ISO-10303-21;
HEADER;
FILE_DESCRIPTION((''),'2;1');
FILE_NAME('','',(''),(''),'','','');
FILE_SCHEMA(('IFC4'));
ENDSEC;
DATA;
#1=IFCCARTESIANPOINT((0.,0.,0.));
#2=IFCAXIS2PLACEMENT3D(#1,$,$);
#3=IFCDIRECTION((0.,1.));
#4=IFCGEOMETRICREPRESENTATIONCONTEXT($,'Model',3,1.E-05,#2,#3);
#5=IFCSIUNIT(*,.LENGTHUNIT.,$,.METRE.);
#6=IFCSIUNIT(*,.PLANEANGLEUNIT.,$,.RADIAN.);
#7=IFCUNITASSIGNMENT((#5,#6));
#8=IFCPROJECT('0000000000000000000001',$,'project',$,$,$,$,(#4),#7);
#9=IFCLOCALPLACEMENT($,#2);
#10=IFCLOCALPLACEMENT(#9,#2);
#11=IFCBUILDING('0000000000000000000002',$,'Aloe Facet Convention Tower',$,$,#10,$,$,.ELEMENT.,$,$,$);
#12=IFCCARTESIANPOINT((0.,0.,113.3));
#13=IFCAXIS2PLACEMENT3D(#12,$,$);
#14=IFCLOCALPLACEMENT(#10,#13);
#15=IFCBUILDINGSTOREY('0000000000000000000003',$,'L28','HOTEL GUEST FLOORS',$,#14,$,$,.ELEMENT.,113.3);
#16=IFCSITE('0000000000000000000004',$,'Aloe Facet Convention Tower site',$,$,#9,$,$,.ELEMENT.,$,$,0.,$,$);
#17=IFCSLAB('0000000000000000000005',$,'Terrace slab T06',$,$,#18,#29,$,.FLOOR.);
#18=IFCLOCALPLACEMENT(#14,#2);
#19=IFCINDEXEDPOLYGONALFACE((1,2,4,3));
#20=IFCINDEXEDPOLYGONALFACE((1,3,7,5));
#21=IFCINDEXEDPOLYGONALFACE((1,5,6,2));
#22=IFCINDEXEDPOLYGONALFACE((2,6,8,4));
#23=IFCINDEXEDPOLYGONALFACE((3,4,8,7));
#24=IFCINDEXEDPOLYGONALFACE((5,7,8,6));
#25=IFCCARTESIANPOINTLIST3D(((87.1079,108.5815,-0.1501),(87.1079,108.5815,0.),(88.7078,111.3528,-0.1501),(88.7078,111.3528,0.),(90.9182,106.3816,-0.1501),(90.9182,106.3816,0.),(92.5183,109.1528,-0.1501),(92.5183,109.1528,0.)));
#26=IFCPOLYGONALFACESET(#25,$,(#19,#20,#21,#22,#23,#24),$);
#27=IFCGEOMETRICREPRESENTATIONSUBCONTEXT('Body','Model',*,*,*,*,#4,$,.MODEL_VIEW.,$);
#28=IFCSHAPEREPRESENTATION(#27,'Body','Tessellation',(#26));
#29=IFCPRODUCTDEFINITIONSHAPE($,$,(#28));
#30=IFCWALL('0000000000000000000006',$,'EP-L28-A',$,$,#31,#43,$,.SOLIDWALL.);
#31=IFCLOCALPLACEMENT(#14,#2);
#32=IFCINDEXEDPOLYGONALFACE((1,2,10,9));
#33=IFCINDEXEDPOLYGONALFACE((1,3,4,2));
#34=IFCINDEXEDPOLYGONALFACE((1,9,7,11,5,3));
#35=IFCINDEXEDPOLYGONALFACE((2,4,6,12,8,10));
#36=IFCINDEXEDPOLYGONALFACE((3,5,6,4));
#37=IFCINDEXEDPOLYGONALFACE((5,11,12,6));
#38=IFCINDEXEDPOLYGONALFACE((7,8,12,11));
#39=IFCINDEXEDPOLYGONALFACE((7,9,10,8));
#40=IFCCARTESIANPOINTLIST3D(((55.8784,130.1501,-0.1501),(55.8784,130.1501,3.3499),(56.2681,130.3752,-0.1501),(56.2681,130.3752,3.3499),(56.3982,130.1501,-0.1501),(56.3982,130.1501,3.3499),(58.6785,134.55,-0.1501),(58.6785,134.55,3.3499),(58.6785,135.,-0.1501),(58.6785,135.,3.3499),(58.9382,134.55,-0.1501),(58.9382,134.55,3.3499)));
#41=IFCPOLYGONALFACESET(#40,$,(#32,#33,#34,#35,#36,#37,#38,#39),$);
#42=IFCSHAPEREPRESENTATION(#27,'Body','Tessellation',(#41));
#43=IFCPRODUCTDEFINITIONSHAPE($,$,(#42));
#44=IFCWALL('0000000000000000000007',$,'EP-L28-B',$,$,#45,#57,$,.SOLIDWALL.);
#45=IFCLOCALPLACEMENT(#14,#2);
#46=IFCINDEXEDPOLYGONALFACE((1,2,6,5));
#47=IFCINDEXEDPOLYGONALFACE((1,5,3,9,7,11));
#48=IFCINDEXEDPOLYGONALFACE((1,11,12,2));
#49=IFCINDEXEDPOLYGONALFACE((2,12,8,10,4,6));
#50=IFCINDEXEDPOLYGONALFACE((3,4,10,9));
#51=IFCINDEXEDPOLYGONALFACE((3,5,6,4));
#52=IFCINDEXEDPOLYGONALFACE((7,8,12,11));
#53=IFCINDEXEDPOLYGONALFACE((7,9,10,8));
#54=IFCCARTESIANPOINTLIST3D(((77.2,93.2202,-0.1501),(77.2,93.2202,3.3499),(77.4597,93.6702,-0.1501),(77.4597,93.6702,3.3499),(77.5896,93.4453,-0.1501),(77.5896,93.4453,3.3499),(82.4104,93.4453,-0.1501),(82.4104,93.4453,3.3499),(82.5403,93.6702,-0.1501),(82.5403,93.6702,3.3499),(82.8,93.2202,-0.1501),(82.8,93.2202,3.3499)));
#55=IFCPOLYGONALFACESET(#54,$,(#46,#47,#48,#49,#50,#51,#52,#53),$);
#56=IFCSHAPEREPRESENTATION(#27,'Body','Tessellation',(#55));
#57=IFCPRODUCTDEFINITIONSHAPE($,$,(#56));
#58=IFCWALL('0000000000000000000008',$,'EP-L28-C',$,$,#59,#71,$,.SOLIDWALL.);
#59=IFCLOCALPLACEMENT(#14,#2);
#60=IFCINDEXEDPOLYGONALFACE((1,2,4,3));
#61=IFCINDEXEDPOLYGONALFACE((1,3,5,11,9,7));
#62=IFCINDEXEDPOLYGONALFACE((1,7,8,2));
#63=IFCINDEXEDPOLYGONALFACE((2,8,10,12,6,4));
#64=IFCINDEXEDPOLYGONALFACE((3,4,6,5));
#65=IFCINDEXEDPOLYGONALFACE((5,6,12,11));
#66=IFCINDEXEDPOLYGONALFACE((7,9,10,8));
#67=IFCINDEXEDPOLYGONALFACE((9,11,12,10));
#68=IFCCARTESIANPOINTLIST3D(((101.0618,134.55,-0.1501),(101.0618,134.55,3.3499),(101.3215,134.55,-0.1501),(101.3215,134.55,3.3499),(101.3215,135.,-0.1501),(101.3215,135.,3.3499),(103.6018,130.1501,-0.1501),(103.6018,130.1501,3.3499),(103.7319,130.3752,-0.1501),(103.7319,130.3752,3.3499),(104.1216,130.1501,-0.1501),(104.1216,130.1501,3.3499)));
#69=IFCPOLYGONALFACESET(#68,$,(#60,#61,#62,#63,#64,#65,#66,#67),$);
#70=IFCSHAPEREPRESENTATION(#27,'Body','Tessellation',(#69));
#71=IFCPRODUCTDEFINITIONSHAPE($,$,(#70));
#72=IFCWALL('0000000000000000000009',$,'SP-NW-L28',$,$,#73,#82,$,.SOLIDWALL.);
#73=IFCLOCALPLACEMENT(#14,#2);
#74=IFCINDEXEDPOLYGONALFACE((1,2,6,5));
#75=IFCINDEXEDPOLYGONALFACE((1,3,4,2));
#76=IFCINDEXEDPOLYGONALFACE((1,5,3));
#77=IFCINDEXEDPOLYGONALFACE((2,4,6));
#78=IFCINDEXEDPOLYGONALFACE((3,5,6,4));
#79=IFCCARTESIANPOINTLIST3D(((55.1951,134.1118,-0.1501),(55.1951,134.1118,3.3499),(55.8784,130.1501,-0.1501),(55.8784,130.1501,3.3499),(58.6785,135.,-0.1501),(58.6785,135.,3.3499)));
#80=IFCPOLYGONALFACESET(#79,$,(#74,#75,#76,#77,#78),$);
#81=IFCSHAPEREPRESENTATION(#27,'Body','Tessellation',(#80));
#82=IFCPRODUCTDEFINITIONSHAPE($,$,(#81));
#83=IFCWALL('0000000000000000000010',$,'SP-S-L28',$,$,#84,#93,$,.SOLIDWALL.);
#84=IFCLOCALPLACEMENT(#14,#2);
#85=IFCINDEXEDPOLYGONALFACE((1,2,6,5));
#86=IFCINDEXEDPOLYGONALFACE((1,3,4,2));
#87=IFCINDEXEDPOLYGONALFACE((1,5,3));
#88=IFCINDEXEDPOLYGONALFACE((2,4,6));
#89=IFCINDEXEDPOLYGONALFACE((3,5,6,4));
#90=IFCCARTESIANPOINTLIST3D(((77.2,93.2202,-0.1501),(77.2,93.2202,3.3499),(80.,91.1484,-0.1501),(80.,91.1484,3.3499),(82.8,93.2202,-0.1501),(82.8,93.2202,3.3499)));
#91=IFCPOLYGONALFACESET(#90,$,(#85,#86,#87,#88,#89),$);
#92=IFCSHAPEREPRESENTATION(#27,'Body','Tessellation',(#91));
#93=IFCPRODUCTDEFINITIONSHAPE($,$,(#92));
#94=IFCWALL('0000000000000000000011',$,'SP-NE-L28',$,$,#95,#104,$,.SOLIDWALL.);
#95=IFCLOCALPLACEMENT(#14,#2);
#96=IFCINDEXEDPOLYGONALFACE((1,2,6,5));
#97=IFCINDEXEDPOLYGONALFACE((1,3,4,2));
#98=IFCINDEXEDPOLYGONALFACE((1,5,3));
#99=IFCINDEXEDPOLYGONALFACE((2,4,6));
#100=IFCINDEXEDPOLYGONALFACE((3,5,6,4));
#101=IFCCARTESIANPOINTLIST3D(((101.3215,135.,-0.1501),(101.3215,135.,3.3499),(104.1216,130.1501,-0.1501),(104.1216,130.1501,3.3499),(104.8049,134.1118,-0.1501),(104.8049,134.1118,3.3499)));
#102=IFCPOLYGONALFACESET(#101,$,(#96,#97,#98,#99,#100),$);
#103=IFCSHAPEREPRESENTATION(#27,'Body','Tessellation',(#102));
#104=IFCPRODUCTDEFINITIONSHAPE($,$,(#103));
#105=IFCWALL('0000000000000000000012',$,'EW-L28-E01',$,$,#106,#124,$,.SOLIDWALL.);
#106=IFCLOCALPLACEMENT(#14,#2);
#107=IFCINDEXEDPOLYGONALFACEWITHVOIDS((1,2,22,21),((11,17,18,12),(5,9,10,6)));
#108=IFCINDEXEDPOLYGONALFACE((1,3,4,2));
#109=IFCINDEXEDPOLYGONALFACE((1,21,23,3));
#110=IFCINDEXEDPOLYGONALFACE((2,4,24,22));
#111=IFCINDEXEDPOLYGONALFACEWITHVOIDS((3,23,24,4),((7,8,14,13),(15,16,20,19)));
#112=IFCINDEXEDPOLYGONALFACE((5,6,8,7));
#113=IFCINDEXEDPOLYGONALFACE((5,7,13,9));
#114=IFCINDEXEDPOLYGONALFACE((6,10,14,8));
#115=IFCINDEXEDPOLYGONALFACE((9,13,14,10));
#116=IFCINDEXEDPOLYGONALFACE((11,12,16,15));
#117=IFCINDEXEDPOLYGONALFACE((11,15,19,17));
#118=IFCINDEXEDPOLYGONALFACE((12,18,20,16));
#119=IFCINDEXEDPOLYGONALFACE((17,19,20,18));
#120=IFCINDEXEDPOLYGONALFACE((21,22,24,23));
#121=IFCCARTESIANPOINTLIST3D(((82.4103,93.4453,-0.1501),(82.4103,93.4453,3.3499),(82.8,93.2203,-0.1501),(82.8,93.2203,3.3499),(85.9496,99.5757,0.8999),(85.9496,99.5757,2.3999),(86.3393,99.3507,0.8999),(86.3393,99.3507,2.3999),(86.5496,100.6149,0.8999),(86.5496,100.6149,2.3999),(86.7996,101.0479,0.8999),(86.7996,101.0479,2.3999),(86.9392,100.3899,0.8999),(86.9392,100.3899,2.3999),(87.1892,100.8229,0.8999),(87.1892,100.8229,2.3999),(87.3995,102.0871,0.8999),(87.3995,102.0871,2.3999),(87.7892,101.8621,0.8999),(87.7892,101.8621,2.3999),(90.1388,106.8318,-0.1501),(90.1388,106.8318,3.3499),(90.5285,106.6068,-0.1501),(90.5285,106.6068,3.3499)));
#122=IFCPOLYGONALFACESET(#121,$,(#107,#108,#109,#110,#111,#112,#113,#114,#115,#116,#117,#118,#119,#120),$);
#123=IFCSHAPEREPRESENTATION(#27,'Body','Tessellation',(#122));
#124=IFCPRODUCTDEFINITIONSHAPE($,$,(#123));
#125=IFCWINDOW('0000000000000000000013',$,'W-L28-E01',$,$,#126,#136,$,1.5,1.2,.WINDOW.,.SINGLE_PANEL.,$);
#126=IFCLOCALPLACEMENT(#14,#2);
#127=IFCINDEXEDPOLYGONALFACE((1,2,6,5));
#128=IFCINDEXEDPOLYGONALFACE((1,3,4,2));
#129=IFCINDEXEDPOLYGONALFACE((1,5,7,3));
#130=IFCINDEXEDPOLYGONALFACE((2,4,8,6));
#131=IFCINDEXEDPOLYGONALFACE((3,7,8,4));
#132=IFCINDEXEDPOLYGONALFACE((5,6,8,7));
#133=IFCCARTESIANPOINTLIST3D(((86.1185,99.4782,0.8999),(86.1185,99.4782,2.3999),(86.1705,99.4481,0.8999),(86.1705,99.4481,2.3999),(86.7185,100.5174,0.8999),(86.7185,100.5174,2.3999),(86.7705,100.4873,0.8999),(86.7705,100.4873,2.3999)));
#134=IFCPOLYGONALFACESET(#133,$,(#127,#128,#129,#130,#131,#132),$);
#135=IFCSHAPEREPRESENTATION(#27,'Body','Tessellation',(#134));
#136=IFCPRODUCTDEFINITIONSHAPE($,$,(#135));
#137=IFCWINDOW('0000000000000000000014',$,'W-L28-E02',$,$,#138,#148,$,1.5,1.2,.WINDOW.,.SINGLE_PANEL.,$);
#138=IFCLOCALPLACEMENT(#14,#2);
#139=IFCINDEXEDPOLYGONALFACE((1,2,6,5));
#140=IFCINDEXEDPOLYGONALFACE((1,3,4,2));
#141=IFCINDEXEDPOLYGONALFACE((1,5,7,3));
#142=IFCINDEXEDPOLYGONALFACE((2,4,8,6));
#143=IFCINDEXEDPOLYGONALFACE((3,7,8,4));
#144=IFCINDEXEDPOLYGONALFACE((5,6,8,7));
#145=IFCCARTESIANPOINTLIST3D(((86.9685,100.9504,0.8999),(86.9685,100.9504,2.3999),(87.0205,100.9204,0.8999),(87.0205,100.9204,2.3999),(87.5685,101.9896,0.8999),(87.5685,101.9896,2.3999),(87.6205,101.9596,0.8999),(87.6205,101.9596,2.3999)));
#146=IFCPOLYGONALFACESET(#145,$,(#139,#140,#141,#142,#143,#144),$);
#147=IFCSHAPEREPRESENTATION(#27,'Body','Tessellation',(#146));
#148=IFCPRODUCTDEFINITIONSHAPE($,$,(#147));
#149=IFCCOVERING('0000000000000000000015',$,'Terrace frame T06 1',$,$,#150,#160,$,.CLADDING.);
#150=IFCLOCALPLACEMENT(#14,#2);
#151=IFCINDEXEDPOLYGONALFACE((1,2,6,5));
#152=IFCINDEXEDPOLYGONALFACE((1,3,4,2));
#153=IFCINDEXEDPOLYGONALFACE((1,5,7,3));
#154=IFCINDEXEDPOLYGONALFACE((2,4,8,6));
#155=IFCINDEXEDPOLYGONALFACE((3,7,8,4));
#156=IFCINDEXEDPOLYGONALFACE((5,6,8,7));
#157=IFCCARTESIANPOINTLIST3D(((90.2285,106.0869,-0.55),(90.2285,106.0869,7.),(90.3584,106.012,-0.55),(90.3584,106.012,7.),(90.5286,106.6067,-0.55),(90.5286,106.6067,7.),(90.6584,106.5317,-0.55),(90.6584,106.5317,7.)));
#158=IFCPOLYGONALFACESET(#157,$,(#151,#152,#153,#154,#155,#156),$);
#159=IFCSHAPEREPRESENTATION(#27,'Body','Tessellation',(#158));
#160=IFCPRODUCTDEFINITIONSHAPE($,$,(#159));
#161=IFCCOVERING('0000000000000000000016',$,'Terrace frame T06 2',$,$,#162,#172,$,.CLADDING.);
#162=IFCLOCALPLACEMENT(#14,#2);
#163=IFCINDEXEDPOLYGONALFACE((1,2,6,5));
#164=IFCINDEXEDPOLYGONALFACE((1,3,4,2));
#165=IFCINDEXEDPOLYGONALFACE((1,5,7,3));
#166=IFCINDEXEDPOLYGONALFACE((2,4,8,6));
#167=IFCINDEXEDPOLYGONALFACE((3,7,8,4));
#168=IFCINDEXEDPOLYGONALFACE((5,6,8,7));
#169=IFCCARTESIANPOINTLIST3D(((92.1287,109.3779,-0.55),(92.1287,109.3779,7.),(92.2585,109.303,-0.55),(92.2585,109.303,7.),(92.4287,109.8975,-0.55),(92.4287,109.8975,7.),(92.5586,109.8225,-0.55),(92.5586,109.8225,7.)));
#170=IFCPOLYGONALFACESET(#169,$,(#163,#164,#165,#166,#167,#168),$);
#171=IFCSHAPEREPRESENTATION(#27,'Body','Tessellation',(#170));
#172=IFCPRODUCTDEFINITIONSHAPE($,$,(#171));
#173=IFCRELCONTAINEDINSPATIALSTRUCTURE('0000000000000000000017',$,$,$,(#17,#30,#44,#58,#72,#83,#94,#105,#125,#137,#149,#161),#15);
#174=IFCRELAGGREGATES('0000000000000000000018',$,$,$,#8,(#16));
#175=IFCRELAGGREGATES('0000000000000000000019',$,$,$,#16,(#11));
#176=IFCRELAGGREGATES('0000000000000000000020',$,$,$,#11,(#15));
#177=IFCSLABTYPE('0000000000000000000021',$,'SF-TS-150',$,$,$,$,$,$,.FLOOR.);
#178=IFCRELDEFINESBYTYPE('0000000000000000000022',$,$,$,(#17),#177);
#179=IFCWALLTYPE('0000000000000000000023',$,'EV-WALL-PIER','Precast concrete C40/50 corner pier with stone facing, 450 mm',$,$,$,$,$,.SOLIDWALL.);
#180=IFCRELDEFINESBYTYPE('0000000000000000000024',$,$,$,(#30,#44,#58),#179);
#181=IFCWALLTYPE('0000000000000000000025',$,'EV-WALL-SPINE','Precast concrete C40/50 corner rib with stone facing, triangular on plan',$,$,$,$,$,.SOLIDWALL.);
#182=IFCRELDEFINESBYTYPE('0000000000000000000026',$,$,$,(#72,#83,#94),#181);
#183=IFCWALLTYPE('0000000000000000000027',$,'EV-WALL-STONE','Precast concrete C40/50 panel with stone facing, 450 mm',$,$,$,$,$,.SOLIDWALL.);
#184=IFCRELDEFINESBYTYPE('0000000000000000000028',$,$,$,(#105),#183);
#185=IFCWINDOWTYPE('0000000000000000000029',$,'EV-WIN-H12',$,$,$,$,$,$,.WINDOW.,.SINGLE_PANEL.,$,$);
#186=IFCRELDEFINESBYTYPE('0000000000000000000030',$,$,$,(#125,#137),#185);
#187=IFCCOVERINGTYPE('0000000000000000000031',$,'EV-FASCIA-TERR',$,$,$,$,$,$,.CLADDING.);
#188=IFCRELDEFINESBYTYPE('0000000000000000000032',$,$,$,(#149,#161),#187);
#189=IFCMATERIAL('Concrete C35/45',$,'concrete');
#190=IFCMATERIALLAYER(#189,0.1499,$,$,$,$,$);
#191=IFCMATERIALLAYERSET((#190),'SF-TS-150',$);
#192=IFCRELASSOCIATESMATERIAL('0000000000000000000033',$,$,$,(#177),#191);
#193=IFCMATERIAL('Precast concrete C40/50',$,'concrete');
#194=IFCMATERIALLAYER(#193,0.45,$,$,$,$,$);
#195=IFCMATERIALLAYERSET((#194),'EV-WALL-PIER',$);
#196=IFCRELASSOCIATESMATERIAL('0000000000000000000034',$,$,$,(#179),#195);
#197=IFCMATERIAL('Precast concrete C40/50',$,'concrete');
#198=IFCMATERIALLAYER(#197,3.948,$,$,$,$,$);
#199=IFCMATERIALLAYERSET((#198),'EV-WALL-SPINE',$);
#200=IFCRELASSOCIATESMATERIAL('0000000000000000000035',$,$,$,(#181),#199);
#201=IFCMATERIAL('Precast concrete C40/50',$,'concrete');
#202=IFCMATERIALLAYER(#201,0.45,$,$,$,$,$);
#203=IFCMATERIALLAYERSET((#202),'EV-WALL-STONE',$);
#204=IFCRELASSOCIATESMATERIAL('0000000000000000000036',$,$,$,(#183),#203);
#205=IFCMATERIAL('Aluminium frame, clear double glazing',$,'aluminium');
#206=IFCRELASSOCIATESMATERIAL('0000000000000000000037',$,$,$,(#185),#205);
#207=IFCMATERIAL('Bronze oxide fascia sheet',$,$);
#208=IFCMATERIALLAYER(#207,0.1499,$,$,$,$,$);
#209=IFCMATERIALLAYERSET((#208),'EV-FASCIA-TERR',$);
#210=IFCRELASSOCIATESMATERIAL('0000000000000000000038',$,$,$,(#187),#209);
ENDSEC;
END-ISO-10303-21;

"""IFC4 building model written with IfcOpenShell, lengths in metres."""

from ifc_helpers import new_model, si_unit, direction, frame, frame_2d, origin, place, context, subcontext, project, spatial, polyline, rectangle, outline, extrude, material, layer, layer_set, type_object, element, fill, save


model = new_model("IFC4")

# Units and contexts
model_context = context("Model", 3, precision=1e-05, world=origin(), true_north=direction((0.0, 1.0)))
body_context = subcontext(model_context, "Body", "Model", "MODEL_VIEW")
ifc_project = project(units=[si_unit("LENGTHUNIT", "METRE"), si_unit("PLANEANGLEUNIT", "RADIAN")], contexts=[model_context])

# Site, building, storey
site_placement = place(None, origin())
site = spatial("IfcSite", under=ifc_project, at=site_placement, Name="Aloe Facet Convention Tower site", CompositionType="ELEMENT", RefElevation=0.0)
building_placement = place(site_placement, origin())
building = spatial("IfcBuilding", under=site, at=building_placement, Name="Aloe Facet Convention Tower", CompositionType="ELEMENT")
storey_placement = place(building_placement, frame((0.0, 0.0, 113.3)))
storey = spatial("IfcBuildingStorey", under=building, at=storey_placement, Name="L28", Description="HOTEL GUEST FLOORS", CompositionType="ELEMENT", Elevation=113.3)

# Slab
ifc_material_1 = material(Name="Concrete C35/45", Category="concrete")
ifc_layer_1 = layer(ifc_material_1, 0.1499)
ifc_layer_set_1 = layer_set([ifc_layer_1], Name="SF-TS-150")
slab_type_1 = type_object("IfcSlabType", Name="SF-TS-150", PredefinedType="FLOOR", material=ifc_layer_set_1)
slab_1_placement = place(storey_placement, frame((0.0, 0.0, -0.1501)))
element("IfcSlab", 1, at=slab_1_placement, inside=storey, type_object=slab_type_1, Name="Terrace slab T06", PredefinedType="FLOOR", context=body_context, shape_type="SweptSolid", body=[
    extrude(outline(polyline([(90.9182, 106.3816), (87.1079, 108.5815), (88.7078, 111.3528), (92.5183, 109.1528), (90.9182, 106.3816)])), origin(), (0.0, 0.0, 1.0), 0.1501),
])

# Walls
ifc_material_2 = material(Name="Precast concrete C40/50", Category="concrete")
ifc_layer_2 = layer(ifc_material_2, 0.45)
ifc_layer_set_2 = layer_set([ifc_layer_2], Name="EV-WALL-PIER")
wall_type_1 = type_object("IfcWallType", Name="EV-WALL-PIER", Description="Precast concrete C40/50 corner pier with stone facing, 450 mm", PredefinedType="SOLIDWALL", material=ifc_layer_set_2)
wall_1_placement = place(storey_placement, frame((0.0, 0.0, -0.1501)))
element("IfcWall", 2, at=wall_1_placement, inside=storey, type_object=wall_type_1, Name="EP-L28-A", PredefinedType="SOLIDWALL", context=body_context, shape_type="SweptSolid", body=[
    extrude(outline(polyline([(58.6785, 135.0), (58.6785, 134.55), (58.9382, 134.55), (56.3982, 130.1501), (56.2681, 130.3752), (55.8784, 130.1501), (58.6785, 135.0)])), origin(), (0.0, 0.0, 1.0), 3.5),
])
wall_2_placement = place(storey_placement, frame((0.0, 0.0, -0.1501)))
element("IfcWall", 3, at=wall_2_placement, inside=storey, type_object=wall_type_1, Name="EP-L28-B", PredefinedType="SOLIDWALL", context=body_context, shape_type="SweptSolid", body=[
    extrude(outline(polyline([(77.2, 93.2202), (77.5896, 93.4453), (77.4597, 93.6702), (82.5403, 93.6702), (82.4104, 93.4453), (82.8, 93.2202), (77.2, 93.2202)])), origin(), (0.0, 0.0, 1.0), 3.5),
])
wall_3_placement = place(storey_placement, frame((0.0, 0.0, -0.1501)))
element("IfcWall", 4, at=wall_3_placement, inside=storey, type_object=wall_type_1, Name="EP-L28-C", PredefinedType="SOLIDWALL", context=body_context, shape_type="SweptSolid", body=[
    extrude(outline(polyline([(104.1216, 130.1501), (103.7319, 130.3752), (103.6018, 130.1501), (101.0618, 134.55), (101.3215, 134.55), (101.3215, 135.0), (104.1216, 130.1501)])), origin(), (0.0, 0.0, 1.0), 3.5),
])
ifc_material_3 = material(Name="Precast concrete C40/50", Category="concrete")
ifc_layer_3 = layer(ifc_material_3, 3.948)
ifc_layer_set_3 = layer_set([ifc_layer_3], Name="EV-WALL-SPINE")
wall_type_2 = type_object("IfcWallType", Name="EV-WALL-SPINE", Description="Precast concrete C40/50 corner rib with stone facing, triangular on plan", PredefinedType="SOLIDWALL", material=ifc_layer_set_3)
wall_4_placement = place(storey_placement, frame((0.0, 0.0, -0.1501)))
element("IfcWall", 5, at=wall_4_placement, inside=storey, type_object=wall_type_2, Name="SP-NW-L28", PredefinedType="SOLIDWALL", context=body_context, shape_type="SweptSolid", body=[
    extrude(outline(polyline([(58.6785, 135.0), (55.1951, 134.1118), (55.8784, 130.1501), (58.6785, 135.0)])), origin(), (0.0, 0.0, 1.0), 3.5),
])
wall_5_placement = place(storey_placement, frame((0.0, 0.0, -0.1501)))
element("IfcWall", 6, at=wall_5_placement, inside=storey, type_object=wall_type_2, Name="SP-S-L28", PredefinedType="SOLIDWALL", context=body_context, shape_type="SweptSolid", body=[
    extrude(outline(polyline([(77.2, 93.2202), (80.0, 91.1484), (82.8, 93.2202), (77.2, 93.2202)])), origin(), (0.0, 0.0, 1.0), 3.5),
])
wall_6_placement = place(storey_placement, frame((0.0, 0.0, -0.1501)))
element("IfcWall", 7, at=wall_6_placement, inside=storey, type_object=wall_type_2, Name="SP-NE-L28", PredefinedType="SOLIDWALL", context=body_context, shape_type="SweptSolid", body=[
    extrude(outline(polyline([(104.1216, 130.1501), (104.8049, 134.1118), (101.3215, 135.0), (104.1216, 130.1501)])), origin(), (0.0, 0.0, 1.0), 3.5),
])

# Wall, openings, windows
ifc_material_4 = material(Name="Precast concrete C40/50", Category="concrete")
ifc_layer_4 = layer(ifc_material_4, 0.45)
ifc_layer_set_4 = layer_set([ifc_layer_4], Name="EV-WALL-STONE")
wall_type_3 = type_object("IfcWallType", Name="EV-WALL-STONE", Description="Precast concrete C40/50 panel with stone facing, 450 mm", PredefinedType="SOLIDWALL", material=ifc_layer_set_4)
wall_7_placement = place(storey_placement, frame((82.6052, 93.3328, -0.1501), z_axis=(0.0, 0.0, 1.0), x_axis=(0.499992, 0.86603, 0.0)))
wall_7 = element("IfcWall", 8, at=wall_7_placement, inside=storey, type_object=wall_type_3, Name="EW-L28-E01", PredefinedType="SOLIDWALL", context=body_context, shape_type="SweptSolid", body=[
    extrude(outline(polyline([(0.0, 0.0), (0.0, 3.5), (15.4573, 3.5), (15.4573, 0.0), (0.0, 0.0)])), frame((0.0, 0.2251, 0.0), z_axis=(0.0, -1.0, 0.0), x_axis=(1.0, 0.0, 0.0)), (0.0, 0.0, 1.0), 0.45),
])
opening_1_placement = place(wall_7_placement, frame((7.0786, 0.0, 1.05)))
opening_1 = element("IfcOpeningElement", 9, at=opening_1_placement, cuts=wall_7, PredefinedType="OPENING", context=body_context, shape_type="SweptSolid", body=[
    extrude(rectangle(XDim=1.2, YDim=1.5, at=frame_2d((0.6001, 0.75))), frame((0.0, 0.2349, 0.0), z_axis=(0.0, -1.0, 0.0), x_axis=(1.0, 0.0, 0.0)), (0.0, 0.0, 1.0), 0.47),
])
opening_2_placement = place(wall_7_placement, frame((8.7786, 0.0, 1.05)))
opening_2 = element("IfcOpeningElement", 10, at=opening_2_placement, cuts=wall_7, PredefinedType="OPENING", context=body_context, shape_type="SweptSolid", body=[
    extrude(rectangle(XDim=1.2, YDim=1.5, at=frame_2d((0.6001, 0.75))), frame((0.0, 0.2349, 0.0), z_axis=(0.0, -1.0, 0.0), x_axis=(1.0, 0.0, 0.0)), (0.0, 0.0, 1.0), 0.47),
])
ifc_material_5 = material(Name="Aluminium frame, clear double glazing", Category="aluminium")
window_type = type_object("IfcWindowType", Name="EV-WIN-H12", PartitioningType="SINGLE_PANEL", PredefinedType="WINDOW", material=ifc_material_5)
window_1_placement = place(opening_1_placement, origin())
window_1 = element("IfcWindow", 11, at=window_1_placement, inside=storey, type_object=window_type, Name="W-L28-E01", OverallHeight=1.5, OverallWidth=1.2, PartitioningType="SINGLE_PANEL", PredefinedType="WINDOW", context=body_context, shape_type="SweptSolid", body=[
    extrude(rectangle(XDim=1.2, YDim=1.5, at=frame_2d((0.6001, 0.75))), frame((0.0, 0.03, 0.0), z_axis=(0.0, -1.0, 0.0), x_axis=(1.0, 0.0, 0.0)), (0.0, 0.0, 1.0), 0.0601),
])
fill(opening_1, window_1)
window_2_placement = place(opening_2_placement, origin())
window_2 = element("IfcWindow", 12, at=window_2_placement, inside=storey, type_object=window_type, Name="W-L28-E02", OverallHeight=1.5, OverallWidth=1.2, PartitioningType="SINGLE_PANEL", PredefinedType="WINDOW", context=body_context, shape_type="SweptSolid", body=[
    extrude(rectangle(XDim=1.2, YDim=1.5, at=frame_2d((0.6001, 0.75))), frame((0.0, 0.03, 0.0), z_axis=(0.0, -1.0, 0.0), x_axis=(1.0, 0.0, 0.0)), (0.0, 0.0, 1.0), 0.0601),
])
fill(opening_2, window_2)

# Coverings
ifc_material_6 = material(Name="Bronze oxide fascia sheet")
ifc_layer_5 = layer(ifc_material_6, 0.1499)
ifc_layer_set_5 = layer_set([ifc_layer_5], Name="EV-FASCIA-TERR")
covering_type = type_object("IfcCoveringType", Name="EV-FASCIA-TERR", PredefinedType="CLADDING", material=ifc_layer_set_5)
covering_1_placement = place(storey_placement, frame((0.0, 0.0, -0.55)))
element("IfcCovering", 13, at=covering_1_placement, inside=storey, type_object=covering_type, Name="Terrace frame T06 1", PredefinedType="CLADDING", context=body_context, shape_type="SweptSolid", body=[
    extrude(outline(polyline([(90.3584, 106.012), (90.6584, 106.5317), (90.5286, 106.6067), (90.2285, 106.0869), (90.3584, 106.012)])), origin(), (0.0, 0.0, 1.0), 7.55),
])
covering_2_placement = place(storey_placement, frame((0.0, 0.0, -0.55)))
element("IfcCovering", 14, at=covering_2_placement, inside=storey, type_object=covering_type, Name="Terrace frame T06 2", PredefinedType="CLADDING", context=body_context, shape_type="SweptSolid", body=[
    extrude(outline(polyline([(92.2585, 109.303), (92.5586, 109.8225), (92.4287, 109.8975), (92.1287, 109.3779), (92.2585, 109.303)])), origin(), (0.0, 0.0, 1.0), 7.55),
])

save(model, "model.ifc")
